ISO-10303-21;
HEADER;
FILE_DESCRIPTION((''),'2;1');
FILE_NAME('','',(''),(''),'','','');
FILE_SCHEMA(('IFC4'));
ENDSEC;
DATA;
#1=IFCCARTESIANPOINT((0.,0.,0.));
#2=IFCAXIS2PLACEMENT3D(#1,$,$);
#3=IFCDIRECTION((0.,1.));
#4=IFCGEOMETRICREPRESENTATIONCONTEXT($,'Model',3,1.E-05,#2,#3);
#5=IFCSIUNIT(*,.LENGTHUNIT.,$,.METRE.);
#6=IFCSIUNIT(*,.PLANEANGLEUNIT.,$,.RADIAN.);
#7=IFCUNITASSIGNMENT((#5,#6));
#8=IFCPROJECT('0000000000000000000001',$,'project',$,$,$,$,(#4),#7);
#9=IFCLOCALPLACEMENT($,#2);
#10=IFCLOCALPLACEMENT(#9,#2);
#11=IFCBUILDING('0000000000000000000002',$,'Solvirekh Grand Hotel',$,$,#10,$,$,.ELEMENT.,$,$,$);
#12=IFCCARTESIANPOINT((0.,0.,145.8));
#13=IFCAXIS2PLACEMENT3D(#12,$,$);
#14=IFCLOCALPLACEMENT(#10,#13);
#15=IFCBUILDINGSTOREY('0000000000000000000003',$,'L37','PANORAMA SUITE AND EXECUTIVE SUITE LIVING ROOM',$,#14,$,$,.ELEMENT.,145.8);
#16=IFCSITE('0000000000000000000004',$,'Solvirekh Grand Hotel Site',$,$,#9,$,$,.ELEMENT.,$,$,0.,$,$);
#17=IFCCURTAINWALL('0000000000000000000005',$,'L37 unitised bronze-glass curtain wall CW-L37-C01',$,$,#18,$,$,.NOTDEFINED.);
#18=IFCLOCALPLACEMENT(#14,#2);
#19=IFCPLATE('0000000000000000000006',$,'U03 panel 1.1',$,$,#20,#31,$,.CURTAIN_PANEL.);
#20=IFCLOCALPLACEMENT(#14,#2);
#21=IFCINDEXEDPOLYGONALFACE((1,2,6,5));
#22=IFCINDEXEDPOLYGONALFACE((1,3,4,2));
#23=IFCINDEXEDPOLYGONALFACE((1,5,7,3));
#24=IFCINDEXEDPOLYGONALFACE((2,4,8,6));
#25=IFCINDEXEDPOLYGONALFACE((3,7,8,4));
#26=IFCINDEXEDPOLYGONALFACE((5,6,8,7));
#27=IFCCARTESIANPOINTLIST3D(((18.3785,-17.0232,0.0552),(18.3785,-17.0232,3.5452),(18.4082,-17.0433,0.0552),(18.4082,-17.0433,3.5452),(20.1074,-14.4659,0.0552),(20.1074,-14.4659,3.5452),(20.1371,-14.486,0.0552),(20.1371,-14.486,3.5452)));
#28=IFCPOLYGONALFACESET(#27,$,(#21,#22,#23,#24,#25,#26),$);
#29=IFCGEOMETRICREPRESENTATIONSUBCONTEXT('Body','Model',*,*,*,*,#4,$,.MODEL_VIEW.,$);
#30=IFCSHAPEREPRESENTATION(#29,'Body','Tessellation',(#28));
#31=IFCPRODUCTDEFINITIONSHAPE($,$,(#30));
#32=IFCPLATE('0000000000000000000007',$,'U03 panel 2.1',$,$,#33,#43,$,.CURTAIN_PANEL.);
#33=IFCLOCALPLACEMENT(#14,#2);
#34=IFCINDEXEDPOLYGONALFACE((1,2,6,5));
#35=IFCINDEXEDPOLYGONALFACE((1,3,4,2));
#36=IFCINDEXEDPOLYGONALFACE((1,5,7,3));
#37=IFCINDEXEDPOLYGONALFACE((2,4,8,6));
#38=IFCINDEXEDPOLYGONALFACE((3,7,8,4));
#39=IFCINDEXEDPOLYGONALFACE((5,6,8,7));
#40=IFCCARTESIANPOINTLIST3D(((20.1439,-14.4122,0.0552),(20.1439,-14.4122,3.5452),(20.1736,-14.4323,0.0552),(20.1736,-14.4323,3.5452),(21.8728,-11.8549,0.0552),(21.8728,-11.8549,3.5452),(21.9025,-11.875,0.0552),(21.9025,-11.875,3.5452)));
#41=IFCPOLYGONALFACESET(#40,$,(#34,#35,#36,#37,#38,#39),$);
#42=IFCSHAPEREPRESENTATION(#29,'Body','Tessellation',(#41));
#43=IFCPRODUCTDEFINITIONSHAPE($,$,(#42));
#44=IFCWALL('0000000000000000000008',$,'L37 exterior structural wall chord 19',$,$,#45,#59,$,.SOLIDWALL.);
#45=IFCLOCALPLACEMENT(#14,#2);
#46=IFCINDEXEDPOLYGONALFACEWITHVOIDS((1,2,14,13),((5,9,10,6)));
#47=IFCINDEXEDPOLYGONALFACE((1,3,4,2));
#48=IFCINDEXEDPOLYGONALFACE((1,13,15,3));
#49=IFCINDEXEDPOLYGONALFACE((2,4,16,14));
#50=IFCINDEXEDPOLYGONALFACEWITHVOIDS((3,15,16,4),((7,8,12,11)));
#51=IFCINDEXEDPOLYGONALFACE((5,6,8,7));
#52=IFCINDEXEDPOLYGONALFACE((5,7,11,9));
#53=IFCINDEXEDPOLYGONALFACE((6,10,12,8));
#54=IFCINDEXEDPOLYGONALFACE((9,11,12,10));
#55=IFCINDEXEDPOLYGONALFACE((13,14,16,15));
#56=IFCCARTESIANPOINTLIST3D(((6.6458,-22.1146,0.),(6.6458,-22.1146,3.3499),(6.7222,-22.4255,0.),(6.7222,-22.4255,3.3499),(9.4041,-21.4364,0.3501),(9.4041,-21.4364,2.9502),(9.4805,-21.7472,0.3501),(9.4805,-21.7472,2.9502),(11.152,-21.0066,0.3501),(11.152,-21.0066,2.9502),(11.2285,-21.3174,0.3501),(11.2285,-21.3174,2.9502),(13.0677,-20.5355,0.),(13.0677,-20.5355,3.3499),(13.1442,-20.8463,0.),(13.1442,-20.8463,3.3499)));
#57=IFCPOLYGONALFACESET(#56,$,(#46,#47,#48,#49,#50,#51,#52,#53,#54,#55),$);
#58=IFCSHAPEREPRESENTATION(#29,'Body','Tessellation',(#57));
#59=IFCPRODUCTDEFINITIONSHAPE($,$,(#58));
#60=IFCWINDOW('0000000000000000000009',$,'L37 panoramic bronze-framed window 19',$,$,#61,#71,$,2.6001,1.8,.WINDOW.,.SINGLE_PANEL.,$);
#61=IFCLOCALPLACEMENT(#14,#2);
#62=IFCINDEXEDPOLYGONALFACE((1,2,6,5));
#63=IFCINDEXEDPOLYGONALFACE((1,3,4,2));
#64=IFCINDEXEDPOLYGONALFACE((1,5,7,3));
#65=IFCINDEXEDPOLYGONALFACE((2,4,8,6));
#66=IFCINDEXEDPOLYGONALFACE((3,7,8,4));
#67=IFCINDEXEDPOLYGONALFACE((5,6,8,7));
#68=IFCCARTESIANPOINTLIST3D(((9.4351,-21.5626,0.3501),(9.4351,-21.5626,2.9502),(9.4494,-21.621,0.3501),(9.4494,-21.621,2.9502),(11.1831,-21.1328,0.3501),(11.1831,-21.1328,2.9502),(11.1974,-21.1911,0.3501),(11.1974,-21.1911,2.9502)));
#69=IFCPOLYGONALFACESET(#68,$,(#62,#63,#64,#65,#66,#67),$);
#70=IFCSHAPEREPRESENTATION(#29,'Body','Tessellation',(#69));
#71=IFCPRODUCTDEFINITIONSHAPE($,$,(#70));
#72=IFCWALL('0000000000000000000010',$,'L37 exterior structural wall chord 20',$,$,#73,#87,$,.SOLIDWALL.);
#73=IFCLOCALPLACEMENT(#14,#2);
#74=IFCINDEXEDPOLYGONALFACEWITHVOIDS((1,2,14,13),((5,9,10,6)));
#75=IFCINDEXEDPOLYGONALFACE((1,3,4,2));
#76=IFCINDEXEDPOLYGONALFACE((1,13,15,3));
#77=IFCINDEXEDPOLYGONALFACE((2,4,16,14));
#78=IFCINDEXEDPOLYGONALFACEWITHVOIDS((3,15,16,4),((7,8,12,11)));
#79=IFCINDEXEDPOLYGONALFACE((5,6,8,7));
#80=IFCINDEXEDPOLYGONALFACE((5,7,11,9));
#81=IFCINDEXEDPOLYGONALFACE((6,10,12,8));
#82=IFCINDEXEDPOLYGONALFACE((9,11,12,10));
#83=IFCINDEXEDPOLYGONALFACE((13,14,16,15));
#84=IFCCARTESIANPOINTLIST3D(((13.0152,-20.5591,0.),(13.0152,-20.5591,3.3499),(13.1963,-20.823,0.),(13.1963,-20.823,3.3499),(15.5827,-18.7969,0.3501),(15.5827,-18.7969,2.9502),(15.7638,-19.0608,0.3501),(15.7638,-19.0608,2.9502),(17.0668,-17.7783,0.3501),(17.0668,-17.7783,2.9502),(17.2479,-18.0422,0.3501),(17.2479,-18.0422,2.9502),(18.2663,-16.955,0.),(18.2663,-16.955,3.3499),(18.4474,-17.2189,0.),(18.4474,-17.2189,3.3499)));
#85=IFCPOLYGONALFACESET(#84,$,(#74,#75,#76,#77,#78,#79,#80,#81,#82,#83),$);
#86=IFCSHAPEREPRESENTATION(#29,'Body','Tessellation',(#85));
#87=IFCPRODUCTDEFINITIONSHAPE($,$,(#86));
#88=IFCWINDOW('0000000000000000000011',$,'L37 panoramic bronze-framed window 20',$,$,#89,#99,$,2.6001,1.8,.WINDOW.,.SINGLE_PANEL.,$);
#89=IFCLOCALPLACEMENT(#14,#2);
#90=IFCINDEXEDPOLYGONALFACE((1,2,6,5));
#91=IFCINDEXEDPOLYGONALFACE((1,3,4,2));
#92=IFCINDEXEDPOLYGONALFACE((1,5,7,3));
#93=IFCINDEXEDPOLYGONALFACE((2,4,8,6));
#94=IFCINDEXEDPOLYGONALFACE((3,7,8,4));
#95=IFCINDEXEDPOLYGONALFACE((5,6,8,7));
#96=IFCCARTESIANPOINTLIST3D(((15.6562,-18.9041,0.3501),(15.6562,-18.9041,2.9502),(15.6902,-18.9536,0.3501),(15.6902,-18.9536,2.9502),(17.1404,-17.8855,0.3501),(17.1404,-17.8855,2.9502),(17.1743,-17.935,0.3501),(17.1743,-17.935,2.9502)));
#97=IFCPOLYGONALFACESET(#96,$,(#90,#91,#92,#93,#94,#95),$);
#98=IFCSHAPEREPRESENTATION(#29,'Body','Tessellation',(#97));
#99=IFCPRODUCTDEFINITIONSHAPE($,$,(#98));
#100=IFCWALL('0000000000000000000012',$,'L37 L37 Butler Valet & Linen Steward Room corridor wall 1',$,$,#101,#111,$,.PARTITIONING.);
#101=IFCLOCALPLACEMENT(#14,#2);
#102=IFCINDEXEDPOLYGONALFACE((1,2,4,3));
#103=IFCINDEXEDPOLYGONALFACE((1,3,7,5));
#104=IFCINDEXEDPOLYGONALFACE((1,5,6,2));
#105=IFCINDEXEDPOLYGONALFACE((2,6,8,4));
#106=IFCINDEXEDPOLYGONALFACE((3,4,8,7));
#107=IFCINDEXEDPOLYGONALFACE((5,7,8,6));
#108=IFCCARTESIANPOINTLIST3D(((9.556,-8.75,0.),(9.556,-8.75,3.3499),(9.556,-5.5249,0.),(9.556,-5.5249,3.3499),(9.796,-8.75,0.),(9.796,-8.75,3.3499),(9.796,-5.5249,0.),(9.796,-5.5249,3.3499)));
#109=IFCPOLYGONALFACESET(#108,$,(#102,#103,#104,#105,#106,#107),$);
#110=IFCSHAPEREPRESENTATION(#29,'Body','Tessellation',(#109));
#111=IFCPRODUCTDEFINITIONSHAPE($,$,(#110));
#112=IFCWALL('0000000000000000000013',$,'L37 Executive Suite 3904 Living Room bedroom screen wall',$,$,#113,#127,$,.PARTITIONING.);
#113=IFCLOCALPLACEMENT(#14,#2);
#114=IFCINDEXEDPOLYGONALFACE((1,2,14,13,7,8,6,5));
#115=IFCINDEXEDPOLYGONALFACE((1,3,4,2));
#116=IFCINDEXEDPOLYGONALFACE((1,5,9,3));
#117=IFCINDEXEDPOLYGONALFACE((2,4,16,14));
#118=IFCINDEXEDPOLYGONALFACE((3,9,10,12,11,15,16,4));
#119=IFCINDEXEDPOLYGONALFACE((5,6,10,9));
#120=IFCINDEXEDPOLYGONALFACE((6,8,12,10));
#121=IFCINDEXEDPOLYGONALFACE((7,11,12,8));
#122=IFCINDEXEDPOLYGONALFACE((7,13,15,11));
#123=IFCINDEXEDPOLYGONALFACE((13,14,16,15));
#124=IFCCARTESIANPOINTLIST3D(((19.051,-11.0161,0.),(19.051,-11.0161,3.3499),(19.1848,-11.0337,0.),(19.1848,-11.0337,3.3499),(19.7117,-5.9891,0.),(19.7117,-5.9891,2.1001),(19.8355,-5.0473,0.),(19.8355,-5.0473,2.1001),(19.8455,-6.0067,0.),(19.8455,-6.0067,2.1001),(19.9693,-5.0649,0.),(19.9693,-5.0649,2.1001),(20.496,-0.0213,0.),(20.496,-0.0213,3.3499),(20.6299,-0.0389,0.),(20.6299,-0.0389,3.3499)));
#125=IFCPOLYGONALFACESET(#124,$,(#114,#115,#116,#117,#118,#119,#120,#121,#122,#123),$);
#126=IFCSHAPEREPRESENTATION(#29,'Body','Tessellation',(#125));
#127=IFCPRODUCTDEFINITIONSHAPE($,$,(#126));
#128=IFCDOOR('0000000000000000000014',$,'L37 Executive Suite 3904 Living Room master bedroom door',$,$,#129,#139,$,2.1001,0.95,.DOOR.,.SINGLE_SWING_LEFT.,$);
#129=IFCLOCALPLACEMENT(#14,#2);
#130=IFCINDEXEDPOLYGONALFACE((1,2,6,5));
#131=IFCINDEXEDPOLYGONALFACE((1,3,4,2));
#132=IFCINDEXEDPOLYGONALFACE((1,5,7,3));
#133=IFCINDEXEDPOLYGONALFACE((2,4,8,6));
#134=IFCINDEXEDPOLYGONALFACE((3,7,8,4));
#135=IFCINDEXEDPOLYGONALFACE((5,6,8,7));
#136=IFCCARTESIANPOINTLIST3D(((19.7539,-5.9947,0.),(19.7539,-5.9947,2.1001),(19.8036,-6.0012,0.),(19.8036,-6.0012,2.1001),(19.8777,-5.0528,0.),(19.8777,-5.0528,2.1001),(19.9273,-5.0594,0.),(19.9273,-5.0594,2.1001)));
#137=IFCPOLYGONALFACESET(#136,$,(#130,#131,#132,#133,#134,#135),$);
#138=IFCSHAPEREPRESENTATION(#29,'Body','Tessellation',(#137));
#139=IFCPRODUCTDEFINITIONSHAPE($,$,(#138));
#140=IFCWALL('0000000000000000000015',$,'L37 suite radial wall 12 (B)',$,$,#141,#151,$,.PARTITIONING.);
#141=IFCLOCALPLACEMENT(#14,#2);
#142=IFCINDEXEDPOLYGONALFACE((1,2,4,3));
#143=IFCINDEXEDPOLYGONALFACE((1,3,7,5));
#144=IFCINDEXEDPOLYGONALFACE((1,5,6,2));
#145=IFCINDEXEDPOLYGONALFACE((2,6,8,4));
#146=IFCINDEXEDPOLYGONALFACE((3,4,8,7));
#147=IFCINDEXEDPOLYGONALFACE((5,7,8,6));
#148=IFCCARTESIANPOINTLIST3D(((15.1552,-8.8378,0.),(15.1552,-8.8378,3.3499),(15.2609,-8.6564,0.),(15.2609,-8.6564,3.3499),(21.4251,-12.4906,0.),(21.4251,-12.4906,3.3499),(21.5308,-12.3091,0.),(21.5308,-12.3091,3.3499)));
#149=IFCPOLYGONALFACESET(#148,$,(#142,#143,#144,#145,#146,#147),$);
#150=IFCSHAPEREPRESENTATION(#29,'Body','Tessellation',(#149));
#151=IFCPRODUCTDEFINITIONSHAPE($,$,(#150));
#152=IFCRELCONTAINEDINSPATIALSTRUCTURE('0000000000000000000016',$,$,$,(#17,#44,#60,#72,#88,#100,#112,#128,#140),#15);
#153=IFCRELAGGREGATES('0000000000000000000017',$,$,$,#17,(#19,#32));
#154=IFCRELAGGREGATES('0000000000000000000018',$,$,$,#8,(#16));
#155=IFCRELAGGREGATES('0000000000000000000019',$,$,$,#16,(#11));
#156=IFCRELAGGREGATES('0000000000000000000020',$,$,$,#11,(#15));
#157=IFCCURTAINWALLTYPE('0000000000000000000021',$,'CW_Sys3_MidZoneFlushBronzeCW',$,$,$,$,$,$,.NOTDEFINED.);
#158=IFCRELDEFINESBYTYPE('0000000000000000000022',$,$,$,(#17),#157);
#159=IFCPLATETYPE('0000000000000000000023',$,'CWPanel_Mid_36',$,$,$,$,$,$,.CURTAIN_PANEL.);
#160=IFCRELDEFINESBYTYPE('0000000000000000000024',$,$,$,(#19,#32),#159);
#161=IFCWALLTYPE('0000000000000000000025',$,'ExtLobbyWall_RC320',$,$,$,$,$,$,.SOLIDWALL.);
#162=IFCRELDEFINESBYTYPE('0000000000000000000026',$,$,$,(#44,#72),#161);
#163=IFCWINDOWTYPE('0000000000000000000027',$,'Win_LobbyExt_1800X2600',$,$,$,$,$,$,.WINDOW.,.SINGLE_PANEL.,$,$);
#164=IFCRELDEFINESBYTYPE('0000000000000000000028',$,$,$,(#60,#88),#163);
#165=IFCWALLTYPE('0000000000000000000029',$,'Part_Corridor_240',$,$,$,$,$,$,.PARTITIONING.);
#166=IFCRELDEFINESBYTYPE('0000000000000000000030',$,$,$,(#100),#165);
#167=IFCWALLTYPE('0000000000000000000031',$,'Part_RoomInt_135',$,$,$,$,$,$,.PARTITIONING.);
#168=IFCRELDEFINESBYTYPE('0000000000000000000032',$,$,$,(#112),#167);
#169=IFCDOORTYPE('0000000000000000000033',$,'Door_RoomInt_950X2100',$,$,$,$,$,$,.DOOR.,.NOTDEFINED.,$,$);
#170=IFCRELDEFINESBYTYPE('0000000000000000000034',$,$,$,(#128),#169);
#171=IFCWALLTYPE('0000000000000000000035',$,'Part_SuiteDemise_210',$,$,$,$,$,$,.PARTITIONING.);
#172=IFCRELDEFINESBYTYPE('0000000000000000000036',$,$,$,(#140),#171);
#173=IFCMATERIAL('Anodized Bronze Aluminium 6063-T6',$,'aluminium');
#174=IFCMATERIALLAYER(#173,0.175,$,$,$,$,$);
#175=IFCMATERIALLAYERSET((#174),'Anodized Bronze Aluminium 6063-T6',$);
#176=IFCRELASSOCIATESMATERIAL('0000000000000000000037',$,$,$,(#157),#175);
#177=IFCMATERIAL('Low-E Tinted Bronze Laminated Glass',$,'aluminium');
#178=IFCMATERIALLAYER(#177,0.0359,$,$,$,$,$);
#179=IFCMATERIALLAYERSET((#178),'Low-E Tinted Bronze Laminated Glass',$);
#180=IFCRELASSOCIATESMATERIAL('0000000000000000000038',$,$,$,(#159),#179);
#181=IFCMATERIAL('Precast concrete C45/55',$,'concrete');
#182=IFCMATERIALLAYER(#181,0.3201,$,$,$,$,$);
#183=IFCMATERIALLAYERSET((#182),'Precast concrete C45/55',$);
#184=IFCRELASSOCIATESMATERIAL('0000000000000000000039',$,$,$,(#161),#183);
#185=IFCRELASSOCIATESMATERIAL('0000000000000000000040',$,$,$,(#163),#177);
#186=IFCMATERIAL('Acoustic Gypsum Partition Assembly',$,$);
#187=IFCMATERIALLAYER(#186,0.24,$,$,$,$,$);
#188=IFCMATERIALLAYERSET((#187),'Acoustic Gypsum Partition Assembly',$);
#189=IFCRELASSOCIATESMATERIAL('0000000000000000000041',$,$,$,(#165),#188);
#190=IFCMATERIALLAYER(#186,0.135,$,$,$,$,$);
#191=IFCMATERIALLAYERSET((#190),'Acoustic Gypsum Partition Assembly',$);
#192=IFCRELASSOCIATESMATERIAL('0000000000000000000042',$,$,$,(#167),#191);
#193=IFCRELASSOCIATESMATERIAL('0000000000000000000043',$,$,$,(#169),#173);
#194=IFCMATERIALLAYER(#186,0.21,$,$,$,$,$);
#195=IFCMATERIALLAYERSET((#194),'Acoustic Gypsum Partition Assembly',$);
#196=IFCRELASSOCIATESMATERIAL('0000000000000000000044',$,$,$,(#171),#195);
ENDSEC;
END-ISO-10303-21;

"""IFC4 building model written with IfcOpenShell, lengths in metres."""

from ifc_helpers import new_model, si_unit, direction, frame, frame_2d, origin, origin_2d, place, context, subcontext, project, spatial, rectangle, extrude, source, transform, mapped, material, layer, layer_set, type_object, element, fill, aggregate, save


model = new_model("IFC4")

# Units and contexts
model_context = context("Model", 3, precision=1e-05, world=origin(), true_north=direction((0.0, 1.0)))
body_context = subcontext(model_context, "Body", "Model", "MODEL_VIEW")
ifc_project = project(units=[si_unit("LENGTHUNIT", "METRE"), si_unit("PLANEANGLEUNIT", "RADIAN")], contexts=[model_context])

# Site, building, storey
site_placement = place(None, origin())
site = spatial("IfcSite", under=ifc_project, at=site_placement, Name="Solvirekh Grand Hotel Site", CompositionType="ELEMENT", RefElevation=0.0)
building_placement = place(site_placement, origin())
building = spatial("IfcBuilding", under=site, at=building_placement, Name="Solvirekh Grand Hotel", CompositionType="ELEMENT")
storey_placement = place(building_placement, frame((0.0, 0.0, 145.8)))
storey = spatial("IfcBuildingStorey", under=building, at=storey_placement, Name="L37", Description="PANORAMA SUITE AND EXECUTIVE SUITE LIVING ROOM", CompositionType="ELEMENT", Elevation=145.8)

# Curtain wall, plates
ifc_material_1 = material(Name="Anodized Bronze Aluminium 6063-T6", Category="aluminium")
ifc_layer_1 = layer(ifc_material_1, 0.175)
ifc_layer_set_1 = layer_set([ifc_layer_1], Name="Anodized Bronze Aluminium 6063-T6")
curtain_wall_type = type_object("IfcCurtainWallType", Name="CW_Sys3_MidZoneFlushBronzeCW", PredefinedType="NOTDEFINED", material=ifc_layer_set_1)
curtain_wall_placement = place(storey_placement, origin())
curtain_wall = element("IfcCurtainWall", 1, at=curtain_wall_placement, inside=storey, type_object=curtain_wall_type, Name="L37 unitised bronze-glass curtain wall CW-L37-C01", PredefinedType="NOTDEFINED")
ifc_material_2 = material(Name="Low-E Tinted Bronze Laminated Glass", Category="aluminium")
ifc_layer_2 = layer(ifc_material_2, 0.0359)
ifc_layer_set_2 = layer_set([ifc_layer_2], Name="Low-E Tinted Bronze Laminated Glass")
plate_type = type_object("IfcPlateType", Name="CWPanel_Mid_36", PredefinedType="CURTAIN_PANEL", material=ifc_layer_set_2)
shared_shape_1 = source(origin(), body_context, "Body", "SweptSolid", [
    extrude(rectangle(XDim=3.0869, YDim=0.0359, at=origin_2d()), origin(), (0.0, 0.0, 1.0), 3.49),
])
plate_1_placement = place(storey_placement, frame((19.2578, -15.7546, 0.0552), z_axis=(0.0, 0.0, 1.0), x_axis=(0.560088, 0.828433, 0.0)))
plate_1 = element("IfcPlate", 2, at=plate_1_placement, type_object=plate_type, Name="U03 panel 1.1", PredefinedType="CURTAIN_PANEL", context=body_context, shape_type="MappedRepresentation", body=[
    mapped(shared_shape_1, transform((0.0, 0.0, 0.0), x_axis=(1.0, 0.0, 0.0), y_axis=(0.0, 1.0, 0.0), z_axis=(0.0, 0.0, 1.0), scale=1.0)),
])
plate_2_placement = place(storey_placement, frame((21.0232, -13.1436, 0.0552), z_axis=(0.0, 0.0, 1.0), x_axis=(0.560088, 0.828433, 0.0)))
plate_2 = element("IfcPlate", 3, at=plate_2_placement, type_object=plate_type, Name="U03 panel 2.1", PredefinedType="CURTAIN_PANEL", context=body_context, shape_type="MappedRepresentation", body=[
    mapped(shared_shape_1, transform((0.0, 0.0, 0.0), x_axis=(1.0, 0.0, 0.0), y_axis=(0.0, 1.0, 0.0), z_axis=(0.0, 0.0, 1.0), scale=1.0)),
])
aggregate(curtain_wall, [plate_1, plate_2])

# Walls, openings, windows
ifc_material_3 = material(Name="Precast concrete C45/55", Category="concrete")
ifc_layer_3 = layer(ifc_material_3, 0.3201)
ifc_layer_set_3 = layer_set([ifc_layer_3], Name="Precast concrete C45/55")
wall_type_1 = type_object("IfcWallType", Name="ExtLobbyWall_RC320", PredefinedType="SOLIDWALL", material=ifc_layer_set_3)
wall_1_placement = place(storey_placement, frame((13.106, -20.6909, 0.0), z_axis=(0.0, 0.0, 1.0), x_axis=(-0.971073, -0.238781, 0.0)))
wall_1 = element("IfcWall", 4, at=wall_1_placement, inside=storey, type_object=wall_type_1, Name="L37 exterior structural wall chord 19", PredefinedType="SOLIDWALL", context=body_context, shape_type="SweptSolid", body=[
    extrude(rectangle(XDim=6.6133, YDim=0.3201, at=frame_2d((3.3066, 0.0))), origin(), (0.0, 0.0, 1.0), 3.3499),
])
opening_1_placement = place(wall_1_placement, frame((1.9729, 0.0, 0.3501)))
opening_1 = element("IfcOpeningElement", 5, at=opening_1_placement, cuts=wall_1, PredefinedType="OPENING", context=body_context, shape_type="SweptSolid", body=[
    extrude(rectangle(XDim=1.8, YDim=2.6001, at=frame_2d((0.8999, 1.3))), frame((0.0, 0.1699, 0.0), z_axis=(0.0, -1.0, 0.0), x_axis=(1.0, 0.0, 0.0)), (0.0, 0.0, 1.0), 0.3401),
])
window_type = type_object("IfcWindowType", Name="Win_LobbyExt_1800X2600", PartitioningType="SINGLE_PANEL", PredefinedType="WINDOW", material=ifc_material_2)
window_1_placement = place(opening_1_placement, origin())
window_1 = element("IfcWindow", 6, at=window_1_placement, inside=storey, type_object=window_type, Name="L37 panoramic bronze-framed window 19", OverallHeight=2.6001, OverallWidth=1.8, PartitioningType="SINGLE_PANEL", PredefinedType="WINDOW", context=body_context, shape_type="SweptSolid", body=[
    extrude(rectangle(XDim=1.8, YDim=2.6001, at=frame_2d((0.8999, 1.3))), frame((0.0, 0.03, 0.0), z_axis=(0.0, -1.0, 0.0), x_axis=(1.0, 0.0, 0.0)), (0.0, 0.0, 1.0), 0.0601),
])
fill(opening_1, window_1)
wall_2_placement = place(storey_placement, frame((18.3569, -17.0869, 0.0), z_axis=(0.0, 0.0, 1.0), x_axis=(-0.824485, -0.565884, 0.0)))
wall_2 = element("IfcWall", 7, at=wall_2_placement, inside=storey, type_object=wall_type_1, Name="L37 exterior structural wall chord 20", PredefinedType="SOLIDWALL", context=body_context, shape_type="SweptSolid", body=[
    extrude(rectangle(XDim=6.3689, YDim=0.3201, at=frame_2d((3.1846, 0.0))), origin(), (0.0, 0.0, 1.0), 3.3499),
])
opening_2_placement = place(wall_2_placement, frame((1.4551, 0.0, 0.3501)))
opening_2 = element("IfcOpeningElement", 8, at=opening_2_placement, cuts=wall_2, PredefinedType="OPENING", context=body_context, shape_type="SweptSolid", body=[
    extrude(rectangle(XDim=1.8, YDim=2.6001, at=frame_2d((0.8999, 1.3))), frame((0.0, 0.1699, 0.0), z_axis=(0.0, -1.0, 0.0), x_axis=(1.0, 0.0, 0.0)), (0.0, 0.0, 1.0), 0.3401),
])
window_2_placement = place(opening_2_placement, origin())
window_2 = element("IfcWindow", 9, at=window_2_placement, inside=storey, type_object=window_type, Name="L37 panoramic bronze-framed window 20", OverallHeight=2.6001, OverallWidth=1.8, PartitioningType="SINGLE_PANEL", PredefinedType="WINDOW", context=body_context, shape_type="SweptSolid", body=[
    extrude(rectangle(XDim=1.8, YDim=2.6001, at=frame_2d((0.8999, 1.3))), frame((0.0, 0.03, 0.0), z_axis=(0.0, -1.0, 0.0), x_axis=(1.0, 0.0, 0.0)), (0.0, 0.0, 1.0), 0.0601),
])
fill(opening_2, window_2)

# Wall
ifc_material_4 = material(Name="Acoustic Gypsum Partition Assembly")
ifc_layer_4 = layer(ifc_material_4, 0.24)
ifc_layer_set_4 = layer_set([ifc_layer_4], Name="Acoustic Gypsum Partition Assembly")
wall_type_2 = type_object("IfcWallType", Name="Part_Corridor_240", PredefinedType="PARTITIONING", material=ifc_layer_set_4)
wall_3_placement = place(storey_placement, frame((9.676, -8.75, 0.0), z_axis=(0.0, 0.0, 1.0), x_axis=(0.0, 1.0, 0.0)))
element("IfcWall", 10, at=wall_3_placement, inside=storey, type_object=wall_type_2, Name="L37 L37 Butler Valet & Linen Steward Room corridor wall 1", PredefinedType="PARTITIONING", context=body_context, shape_type="SweptSolid", body=[
    extrude(rectangle(XDim=3.2251, YDim=0.24, at=frame_2d((1.6125, 0.0))), origin(), (0.0, 0.0, 1.0), 3.3499),
])

# Wall, opening, door
ifc_layer_5 = layer(ifc_material_4, 0.135)
ifc_layer_set_5 = layer_set([ifc_layer_5], Name="Acoustic Gypsum Partition Assembly")
wall_type_3 = type_object("IfcWallType", Name="Part_RoomInt_135", PredefinedType="PARTITIONING", material=ifc_layer_set_5)
wall_4_placement = place(storey_placement, frame((19.1179, -11.0249, 0.0), z_axis=(0.0, 0.0, 1.0), x_axis=(0.13031, 0.991473, 0.0)))
wall_4 = element("IfcWall", 11, at=wall_4_placement, inside=storey, type_object=wall_type_3, Name="L37 Executive Suite 3904 Living Room bedroom screen wall", PredefinedType="PARTITIONING", context=body_context, shape_type="SweptSolid", body=[
    extrude(rectangle(XDim=11.0894, YDim=0.135, at=frame_2d((5.5447, 0.0))), origin(), (0.0, 0.0, 1.0), 3.3499),
])
opening_3_placement = place(wall_4_placement, frame((5.0701, 0.0, 0.0)))
opening_3 = element("IfcOpeningElement", 12, at=opening_3_placement, cuts=wall_4, PredefinedType="OPENING", context=body_context, shape_type="SweptSolid", body=[
    extrude(rectangle(XDim=0.95, YDim=2.1001, at=frame_2d((0.4751, 1.05))), frame((0.0, 0.0776, 0.0), z_axis=(0.0, -1.0, 0.0), x_axis=(1.0, 0.0, 0.0)), (0.0, 0.0, 1.0), 0.155),
])
door_type = type_object("IfcDoorType", Name="Door_RoomInt_950X2100", OperationType="NOTDEFINED", PredefinedType="DOOR", material=ifc_material_1)
door_placement = place(opening_3_placement, origin())
door = element("IfcDoor", 13, at=door_placement, inside=storey, type_object=door_type, Name="L37 Executive Suite 3904 Living Room master bedroom door", OperationType="SINGLE_SWING_LEFT", OverallHeight=2.1001, OverallWidth=0.95, PredefinedType="DOOR", context=body_context, shape_type="SweptSolid", body=[
    extrude(rectangle(XDim=0.95, YDim=2.1001, at=frame_2d((0.4751, 1.05))), frame((0.0, 0.0249, 0.0), z_axis=(0.0, -1.0, 0.0), x_axis=(1.0, 0.0, 0.0)), (0.0, 0.0, 1.0), 0.05),
])
fill(opening_3, door)

# Wall
ifc_layer_6 = layer(ifc_material_4, 0.21)
ifc_layer_set_6 = layer_set([ifc_layer_6], Name="Acoustic Gypsum Partition Assembly")
wall_type_4 = type_object("IfcWallType", Name="Part_SuiteDemise_210", PredefinedType="PARTITIONING", material=ifc_layer_set_6)
wall_5_placement = place(storey_placement, frame((15.208, -8.7471, 0.0), z_axis=(0.0, 0.0, 1.0), x_axis=(0.864059, -0.50339, 0.0)))
element("IfcWall", 14, at=wall_5_placement, inside=storey, type_object=wall_type_4, Name="L37 suite radial wall 12 (B)", PredefinedType="PARTITIONING", context=body_context, shape_type="SweptSolid", body=[
    extrude(rectangle(XDim=7.2563, YDim=0.21, at=frame_2d((3.6282, 0.0))), origin(), (0.0, 0.0, 1.0), 3.3499),
])

save(model, "model.ifc")
